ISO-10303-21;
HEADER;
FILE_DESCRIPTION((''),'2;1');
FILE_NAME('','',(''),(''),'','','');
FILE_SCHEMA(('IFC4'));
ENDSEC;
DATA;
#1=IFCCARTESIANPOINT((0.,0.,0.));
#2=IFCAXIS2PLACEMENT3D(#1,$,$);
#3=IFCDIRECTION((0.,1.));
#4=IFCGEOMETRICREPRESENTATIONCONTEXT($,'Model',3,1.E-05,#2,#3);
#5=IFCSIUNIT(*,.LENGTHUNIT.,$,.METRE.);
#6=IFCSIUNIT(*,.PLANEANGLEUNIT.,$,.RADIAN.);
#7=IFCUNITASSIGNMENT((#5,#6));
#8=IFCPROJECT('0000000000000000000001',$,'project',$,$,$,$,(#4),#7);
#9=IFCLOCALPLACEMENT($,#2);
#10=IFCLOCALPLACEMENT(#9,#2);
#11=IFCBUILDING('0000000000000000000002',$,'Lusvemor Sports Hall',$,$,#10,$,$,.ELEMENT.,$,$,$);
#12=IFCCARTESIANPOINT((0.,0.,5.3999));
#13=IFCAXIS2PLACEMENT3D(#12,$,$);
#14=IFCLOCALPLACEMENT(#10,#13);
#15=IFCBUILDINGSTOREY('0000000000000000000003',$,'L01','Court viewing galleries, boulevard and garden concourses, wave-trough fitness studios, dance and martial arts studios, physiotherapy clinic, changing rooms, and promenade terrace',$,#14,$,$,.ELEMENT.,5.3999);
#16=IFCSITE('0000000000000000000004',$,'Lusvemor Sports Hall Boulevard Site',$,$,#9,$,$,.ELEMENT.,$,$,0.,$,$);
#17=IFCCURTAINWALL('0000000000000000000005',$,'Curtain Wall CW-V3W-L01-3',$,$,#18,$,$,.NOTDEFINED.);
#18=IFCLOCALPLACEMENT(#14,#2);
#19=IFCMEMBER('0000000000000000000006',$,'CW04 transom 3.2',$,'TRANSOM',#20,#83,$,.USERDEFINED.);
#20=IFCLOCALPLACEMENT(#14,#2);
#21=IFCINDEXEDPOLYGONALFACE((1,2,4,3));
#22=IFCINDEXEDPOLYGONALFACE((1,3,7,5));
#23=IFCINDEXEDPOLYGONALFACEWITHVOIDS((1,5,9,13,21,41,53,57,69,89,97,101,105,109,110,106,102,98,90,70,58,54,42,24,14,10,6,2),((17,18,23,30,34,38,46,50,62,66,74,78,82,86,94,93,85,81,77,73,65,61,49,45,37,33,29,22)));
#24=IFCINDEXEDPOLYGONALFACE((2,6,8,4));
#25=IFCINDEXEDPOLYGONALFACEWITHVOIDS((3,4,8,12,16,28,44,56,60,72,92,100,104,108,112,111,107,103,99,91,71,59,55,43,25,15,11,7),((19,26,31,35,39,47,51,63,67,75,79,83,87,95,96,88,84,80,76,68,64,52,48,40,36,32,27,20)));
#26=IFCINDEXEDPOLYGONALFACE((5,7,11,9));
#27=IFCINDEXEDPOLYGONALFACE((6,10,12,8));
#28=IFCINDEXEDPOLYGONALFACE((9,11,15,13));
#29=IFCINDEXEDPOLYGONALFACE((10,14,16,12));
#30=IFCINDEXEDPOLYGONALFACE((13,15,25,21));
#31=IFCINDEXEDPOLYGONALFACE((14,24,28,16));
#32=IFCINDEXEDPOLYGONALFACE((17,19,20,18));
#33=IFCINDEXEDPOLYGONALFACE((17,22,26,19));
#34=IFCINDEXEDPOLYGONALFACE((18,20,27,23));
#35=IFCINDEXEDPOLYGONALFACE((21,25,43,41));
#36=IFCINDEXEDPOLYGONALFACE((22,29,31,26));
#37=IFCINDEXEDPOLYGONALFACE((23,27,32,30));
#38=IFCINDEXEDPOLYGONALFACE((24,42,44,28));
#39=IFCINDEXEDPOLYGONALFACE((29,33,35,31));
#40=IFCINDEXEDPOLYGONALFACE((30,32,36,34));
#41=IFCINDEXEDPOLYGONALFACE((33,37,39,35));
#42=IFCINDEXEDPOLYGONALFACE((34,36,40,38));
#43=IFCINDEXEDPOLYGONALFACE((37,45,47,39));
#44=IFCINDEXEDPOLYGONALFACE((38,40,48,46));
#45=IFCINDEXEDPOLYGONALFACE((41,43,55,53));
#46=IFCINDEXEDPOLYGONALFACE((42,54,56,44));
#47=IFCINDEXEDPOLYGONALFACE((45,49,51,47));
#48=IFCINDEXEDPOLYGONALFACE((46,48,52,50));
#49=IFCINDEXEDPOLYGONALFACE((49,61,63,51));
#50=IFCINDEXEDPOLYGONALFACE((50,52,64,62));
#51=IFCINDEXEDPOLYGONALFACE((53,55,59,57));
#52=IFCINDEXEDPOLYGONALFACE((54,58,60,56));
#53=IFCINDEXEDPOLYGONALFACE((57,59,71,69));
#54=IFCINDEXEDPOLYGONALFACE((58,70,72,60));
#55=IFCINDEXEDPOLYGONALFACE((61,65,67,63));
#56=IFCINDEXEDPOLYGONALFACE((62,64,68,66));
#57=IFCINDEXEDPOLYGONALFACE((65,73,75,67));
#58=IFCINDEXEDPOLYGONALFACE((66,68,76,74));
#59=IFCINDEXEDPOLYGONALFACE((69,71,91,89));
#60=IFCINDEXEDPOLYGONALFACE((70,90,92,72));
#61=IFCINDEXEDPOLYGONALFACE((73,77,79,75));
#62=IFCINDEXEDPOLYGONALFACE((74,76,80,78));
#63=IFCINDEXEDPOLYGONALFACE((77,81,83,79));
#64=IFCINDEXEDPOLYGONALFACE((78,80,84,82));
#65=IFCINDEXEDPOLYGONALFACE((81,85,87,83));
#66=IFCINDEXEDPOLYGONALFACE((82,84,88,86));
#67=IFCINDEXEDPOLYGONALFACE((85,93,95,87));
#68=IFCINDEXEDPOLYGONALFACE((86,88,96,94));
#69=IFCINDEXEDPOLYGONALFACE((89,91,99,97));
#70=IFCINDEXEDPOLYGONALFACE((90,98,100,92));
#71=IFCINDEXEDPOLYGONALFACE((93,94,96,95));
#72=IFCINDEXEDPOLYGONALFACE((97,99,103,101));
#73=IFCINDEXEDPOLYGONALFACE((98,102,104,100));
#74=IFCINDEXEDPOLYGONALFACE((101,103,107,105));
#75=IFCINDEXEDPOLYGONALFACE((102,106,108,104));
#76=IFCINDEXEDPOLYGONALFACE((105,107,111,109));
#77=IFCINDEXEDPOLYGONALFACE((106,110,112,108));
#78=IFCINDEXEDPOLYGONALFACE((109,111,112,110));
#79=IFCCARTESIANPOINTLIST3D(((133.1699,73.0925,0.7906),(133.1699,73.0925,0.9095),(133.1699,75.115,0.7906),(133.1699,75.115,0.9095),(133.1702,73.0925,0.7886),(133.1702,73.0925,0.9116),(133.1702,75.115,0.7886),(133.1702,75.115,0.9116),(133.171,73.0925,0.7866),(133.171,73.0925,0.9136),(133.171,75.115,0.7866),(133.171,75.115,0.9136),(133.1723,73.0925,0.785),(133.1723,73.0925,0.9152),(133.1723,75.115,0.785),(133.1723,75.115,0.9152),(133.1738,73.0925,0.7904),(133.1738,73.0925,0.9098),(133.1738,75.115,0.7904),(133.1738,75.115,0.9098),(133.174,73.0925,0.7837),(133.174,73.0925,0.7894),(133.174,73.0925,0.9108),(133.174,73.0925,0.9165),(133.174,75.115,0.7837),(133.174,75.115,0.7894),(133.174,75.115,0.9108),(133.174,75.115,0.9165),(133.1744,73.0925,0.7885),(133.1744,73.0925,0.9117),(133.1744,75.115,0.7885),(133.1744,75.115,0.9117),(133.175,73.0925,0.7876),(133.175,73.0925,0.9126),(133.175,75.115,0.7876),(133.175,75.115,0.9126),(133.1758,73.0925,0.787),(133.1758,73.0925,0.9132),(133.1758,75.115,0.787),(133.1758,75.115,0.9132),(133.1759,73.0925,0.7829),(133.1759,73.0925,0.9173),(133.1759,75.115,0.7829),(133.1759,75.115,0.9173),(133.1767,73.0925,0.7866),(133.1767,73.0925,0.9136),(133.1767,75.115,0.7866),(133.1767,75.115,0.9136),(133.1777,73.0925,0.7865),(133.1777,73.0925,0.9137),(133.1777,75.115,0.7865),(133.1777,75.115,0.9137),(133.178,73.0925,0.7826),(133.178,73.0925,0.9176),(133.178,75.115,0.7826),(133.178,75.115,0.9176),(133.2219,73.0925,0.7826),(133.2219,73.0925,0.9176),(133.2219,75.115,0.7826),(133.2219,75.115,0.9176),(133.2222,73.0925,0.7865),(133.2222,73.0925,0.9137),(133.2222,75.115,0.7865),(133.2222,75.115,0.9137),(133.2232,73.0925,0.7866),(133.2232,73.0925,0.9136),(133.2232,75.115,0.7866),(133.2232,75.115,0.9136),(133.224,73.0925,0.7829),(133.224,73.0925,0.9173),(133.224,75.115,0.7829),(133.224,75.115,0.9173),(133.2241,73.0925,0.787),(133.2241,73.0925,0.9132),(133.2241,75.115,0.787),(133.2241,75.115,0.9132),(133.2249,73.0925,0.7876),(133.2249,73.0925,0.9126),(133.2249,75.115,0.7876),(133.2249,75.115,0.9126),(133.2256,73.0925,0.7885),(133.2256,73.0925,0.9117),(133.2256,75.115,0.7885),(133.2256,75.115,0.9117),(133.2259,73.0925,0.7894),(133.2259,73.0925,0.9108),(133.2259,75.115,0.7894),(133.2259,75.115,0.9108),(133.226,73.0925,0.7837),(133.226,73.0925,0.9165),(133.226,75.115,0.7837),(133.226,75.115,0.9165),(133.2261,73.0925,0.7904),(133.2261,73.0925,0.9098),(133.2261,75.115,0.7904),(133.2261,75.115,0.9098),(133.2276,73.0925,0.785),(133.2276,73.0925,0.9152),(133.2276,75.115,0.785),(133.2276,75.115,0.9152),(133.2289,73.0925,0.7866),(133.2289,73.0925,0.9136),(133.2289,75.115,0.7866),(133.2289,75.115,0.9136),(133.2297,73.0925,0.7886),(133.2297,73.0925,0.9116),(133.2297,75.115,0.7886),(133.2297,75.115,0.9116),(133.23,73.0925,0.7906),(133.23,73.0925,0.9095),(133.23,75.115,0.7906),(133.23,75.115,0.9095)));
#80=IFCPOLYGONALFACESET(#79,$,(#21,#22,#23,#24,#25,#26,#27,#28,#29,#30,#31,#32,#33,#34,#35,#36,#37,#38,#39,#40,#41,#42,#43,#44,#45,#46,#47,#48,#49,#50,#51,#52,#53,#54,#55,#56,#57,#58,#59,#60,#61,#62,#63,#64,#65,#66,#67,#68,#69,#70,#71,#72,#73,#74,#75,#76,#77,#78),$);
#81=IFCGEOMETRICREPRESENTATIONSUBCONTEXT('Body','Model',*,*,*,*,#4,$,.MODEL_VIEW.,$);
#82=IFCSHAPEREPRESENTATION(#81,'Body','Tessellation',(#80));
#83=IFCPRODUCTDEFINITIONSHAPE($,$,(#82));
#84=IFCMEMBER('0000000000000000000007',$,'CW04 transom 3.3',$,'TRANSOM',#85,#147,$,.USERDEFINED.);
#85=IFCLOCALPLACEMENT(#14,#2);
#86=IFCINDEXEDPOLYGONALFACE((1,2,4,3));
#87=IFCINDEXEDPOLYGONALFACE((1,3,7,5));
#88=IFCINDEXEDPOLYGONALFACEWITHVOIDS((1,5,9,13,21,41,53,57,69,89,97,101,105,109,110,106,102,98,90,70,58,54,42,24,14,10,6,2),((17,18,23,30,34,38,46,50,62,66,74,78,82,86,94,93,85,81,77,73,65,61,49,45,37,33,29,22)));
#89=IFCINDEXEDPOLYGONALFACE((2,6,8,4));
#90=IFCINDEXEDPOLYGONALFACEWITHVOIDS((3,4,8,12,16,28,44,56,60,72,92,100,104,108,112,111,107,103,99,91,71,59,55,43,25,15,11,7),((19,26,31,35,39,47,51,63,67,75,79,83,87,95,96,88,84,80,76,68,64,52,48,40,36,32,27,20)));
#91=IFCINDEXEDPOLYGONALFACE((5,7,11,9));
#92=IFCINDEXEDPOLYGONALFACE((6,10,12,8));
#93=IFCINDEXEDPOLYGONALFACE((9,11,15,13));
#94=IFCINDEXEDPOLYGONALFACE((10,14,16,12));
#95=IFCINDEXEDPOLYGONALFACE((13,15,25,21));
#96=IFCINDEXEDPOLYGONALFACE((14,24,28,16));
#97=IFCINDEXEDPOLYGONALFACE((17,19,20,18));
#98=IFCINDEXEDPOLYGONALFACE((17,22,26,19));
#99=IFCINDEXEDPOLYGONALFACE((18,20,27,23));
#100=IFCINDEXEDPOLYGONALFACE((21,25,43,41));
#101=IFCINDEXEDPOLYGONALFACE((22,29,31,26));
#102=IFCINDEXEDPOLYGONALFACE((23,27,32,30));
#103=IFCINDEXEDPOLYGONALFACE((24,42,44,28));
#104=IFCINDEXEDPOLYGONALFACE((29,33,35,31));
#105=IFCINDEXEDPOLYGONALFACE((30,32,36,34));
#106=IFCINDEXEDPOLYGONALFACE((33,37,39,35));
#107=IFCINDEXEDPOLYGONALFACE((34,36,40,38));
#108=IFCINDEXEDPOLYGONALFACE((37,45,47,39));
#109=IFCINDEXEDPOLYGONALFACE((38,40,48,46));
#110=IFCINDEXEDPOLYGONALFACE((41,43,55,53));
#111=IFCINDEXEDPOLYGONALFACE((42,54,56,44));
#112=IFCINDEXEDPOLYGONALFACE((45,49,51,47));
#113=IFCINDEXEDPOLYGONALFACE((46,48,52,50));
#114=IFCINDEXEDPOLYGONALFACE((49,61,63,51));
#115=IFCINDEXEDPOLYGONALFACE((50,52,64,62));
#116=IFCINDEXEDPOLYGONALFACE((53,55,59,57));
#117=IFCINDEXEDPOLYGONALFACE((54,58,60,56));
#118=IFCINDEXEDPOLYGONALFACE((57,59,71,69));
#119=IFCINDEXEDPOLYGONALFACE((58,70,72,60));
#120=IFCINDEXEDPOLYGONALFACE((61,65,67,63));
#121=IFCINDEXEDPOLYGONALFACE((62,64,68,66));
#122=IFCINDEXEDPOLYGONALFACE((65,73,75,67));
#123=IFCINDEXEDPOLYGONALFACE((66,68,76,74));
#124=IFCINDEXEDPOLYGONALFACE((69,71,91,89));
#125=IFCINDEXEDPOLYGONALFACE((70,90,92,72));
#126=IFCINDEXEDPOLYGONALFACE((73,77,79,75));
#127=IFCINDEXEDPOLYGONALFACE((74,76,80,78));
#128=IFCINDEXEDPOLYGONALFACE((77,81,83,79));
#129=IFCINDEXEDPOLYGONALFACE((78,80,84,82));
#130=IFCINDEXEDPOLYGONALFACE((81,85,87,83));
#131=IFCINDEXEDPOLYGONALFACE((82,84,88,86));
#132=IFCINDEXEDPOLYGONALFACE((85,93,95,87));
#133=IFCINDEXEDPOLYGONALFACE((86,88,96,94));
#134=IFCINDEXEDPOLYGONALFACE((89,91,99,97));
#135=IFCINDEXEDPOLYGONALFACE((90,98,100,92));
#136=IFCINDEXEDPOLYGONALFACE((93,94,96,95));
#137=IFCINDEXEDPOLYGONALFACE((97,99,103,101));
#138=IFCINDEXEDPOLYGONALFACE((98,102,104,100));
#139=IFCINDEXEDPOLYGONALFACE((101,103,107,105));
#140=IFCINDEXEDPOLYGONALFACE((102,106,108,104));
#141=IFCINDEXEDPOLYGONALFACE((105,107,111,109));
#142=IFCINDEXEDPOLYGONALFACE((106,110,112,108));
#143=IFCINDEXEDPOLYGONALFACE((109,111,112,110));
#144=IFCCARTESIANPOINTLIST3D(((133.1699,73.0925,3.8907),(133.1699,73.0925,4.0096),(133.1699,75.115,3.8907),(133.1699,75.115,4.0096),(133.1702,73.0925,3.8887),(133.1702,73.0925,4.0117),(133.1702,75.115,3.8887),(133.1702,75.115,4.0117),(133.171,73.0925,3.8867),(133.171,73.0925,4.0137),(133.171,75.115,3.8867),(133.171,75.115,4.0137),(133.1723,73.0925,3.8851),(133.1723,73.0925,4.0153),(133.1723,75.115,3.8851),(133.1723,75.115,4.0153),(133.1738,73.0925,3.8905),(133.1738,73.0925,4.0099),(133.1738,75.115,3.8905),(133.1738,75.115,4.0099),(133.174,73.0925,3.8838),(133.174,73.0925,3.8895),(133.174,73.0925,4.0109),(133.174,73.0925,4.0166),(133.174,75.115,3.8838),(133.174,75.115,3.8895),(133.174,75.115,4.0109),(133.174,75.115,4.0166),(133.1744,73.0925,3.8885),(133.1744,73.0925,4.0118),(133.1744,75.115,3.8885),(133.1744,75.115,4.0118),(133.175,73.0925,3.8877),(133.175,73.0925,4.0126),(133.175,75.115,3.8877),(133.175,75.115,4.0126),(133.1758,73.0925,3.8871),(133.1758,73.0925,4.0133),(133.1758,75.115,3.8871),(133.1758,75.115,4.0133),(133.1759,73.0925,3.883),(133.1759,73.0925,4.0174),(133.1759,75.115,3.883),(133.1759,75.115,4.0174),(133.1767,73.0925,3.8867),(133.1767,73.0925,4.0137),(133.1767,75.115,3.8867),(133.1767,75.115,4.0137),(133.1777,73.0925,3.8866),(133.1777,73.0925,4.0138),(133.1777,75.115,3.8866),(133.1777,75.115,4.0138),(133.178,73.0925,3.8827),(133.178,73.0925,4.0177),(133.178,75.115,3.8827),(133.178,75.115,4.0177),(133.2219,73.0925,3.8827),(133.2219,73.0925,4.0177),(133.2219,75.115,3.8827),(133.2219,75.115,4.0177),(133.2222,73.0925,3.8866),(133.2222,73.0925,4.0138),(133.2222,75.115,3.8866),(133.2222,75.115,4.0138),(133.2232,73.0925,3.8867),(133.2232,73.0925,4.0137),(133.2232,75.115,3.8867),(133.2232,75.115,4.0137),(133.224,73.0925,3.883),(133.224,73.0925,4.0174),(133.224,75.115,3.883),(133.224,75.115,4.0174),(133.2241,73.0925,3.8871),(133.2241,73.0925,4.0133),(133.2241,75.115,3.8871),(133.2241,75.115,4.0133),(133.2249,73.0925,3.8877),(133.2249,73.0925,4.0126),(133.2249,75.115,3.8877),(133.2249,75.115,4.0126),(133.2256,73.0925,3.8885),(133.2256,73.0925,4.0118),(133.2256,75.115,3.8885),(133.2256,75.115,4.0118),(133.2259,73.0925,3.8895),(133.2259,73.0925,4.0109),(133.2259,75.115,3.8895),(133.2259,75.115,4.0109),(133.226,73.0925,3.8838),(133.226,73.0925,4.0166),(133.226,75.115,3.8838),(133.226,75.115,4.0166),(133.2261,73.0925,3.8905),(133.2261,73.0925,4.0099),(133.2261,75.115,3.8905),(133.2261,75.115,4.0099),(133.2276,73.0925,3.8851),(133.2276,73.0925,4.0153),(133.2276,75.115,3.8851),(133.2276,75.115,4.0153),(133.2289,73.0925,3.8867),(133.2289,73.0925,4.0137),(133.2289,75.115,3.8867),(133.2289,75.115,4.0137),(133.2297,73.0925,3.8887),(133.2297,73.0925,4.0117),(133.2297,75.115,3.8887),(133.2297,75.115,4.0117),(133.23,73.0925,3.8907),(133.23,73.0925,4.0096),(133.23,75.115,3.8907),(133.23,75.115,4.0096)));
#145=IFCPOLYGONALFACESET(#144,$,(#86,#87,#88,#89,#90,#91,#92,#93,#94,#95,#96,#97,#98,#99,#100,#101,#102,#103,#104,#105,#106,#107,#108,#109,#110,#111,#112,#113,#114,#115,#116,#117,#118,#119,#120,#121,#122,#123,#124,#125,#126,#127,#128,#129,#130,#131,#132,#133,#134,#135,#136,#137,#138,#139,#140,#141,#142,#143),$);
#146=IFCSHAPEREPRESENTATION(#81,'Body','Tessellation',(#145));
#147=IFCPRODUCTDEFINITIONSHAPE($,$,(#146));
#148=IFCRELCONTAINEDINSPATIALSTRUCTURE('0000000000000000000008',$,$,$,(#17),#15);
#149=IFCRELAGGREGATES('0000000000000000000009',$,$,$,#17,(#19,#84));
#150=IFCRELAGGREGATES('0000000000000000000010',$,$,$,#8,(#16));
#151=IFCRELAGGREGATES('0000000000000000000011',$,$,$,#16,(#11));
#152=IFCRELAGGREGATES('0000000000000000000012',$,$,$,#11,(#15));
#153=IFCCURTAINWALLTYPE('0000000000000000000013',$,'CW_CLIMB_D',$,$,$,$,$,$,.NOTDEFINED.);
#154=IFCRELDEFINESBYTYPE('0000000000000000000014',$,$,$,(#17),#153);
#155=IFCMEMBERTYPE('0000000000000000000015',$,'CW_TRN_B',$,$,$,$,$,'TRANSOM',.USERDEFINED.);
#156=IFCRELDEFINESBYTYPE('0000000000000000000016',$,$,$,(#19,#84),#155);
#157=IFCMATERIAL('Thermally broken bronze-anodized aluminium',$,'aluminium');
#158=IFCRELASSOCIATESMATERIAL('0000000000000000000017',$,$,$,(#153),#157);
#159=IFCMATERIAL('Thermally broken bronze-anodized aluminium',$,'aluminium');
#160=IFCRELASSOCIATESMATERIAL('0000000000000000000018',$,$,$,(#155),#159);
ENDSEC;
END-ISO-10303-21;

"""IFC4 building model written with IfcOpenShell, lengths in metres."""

from ifc_helpers import new_model, si_unit, direction, frame, origin, origin_2d, place, context, subcontext, project, spatial, hollow_rectangle, extrude, material, material_profile, profile_set, type_object, element, aggregate, save


model = new_model("IFC4")

# Units and contexts
model_context = context("Model", 3, precision=1e-05, world=origin(), true_north=direction((0.0, 1.0)))
body_context = subcontext(model_context, "Body", "Model", "MODEL_VIEW")
ifc_project = project(units=[si_unit("LENGTHUNIT", "METRE"), si_unit("PLANEANGLEUNIT", "RADIAN")], contexts=[model_context])

# Site, building, storey
site_placement = place(None, origin())
site = spatial("IfcSite", under=ifc_project, at=site_placement, Name="Lusvemor Sports Hall Boulevard Site", CompositionType="ELEMENT", RefElevation=0.0)
building_placement = place(site_placement, origin())
building = spatial("IfcBuilding", under=site, at=building_placement, Name="Lusvemor Sports Hall", CompositionType="ELEMENT")
storey_placement = place(building_placement, frame((0.0, 0.0, 5.3999)))
storey = spatial("IfcBuildingStorey", under=building, at=storey_placement, Name="L01", Description="Court viewing galleries, boulevard and garden concourses, wave-trough fitness studios, dance and martial arts studios, physiotherapy clinic, changing rooms, and promenade terrace", CompositionType="ELEMENT", Elevation=5.3999)

# Shared definitions
ifc_material_1 = material(Name="Thermally broken bronze-anodized aluminium", Category="aluminium")
curtain_wall_type = type_object("IfcCurtainWallType", Name="CW_CLIMB_D", PredefinedType="NOTDEFINED", material=ifc_material_1)

# Curtain wall
curtain_wall_1_placement = place(storey_placement, origin())
curtain_wall_1 = element("IfcCurtainWall", 1, at=curtain_wall_1_placement, inside=storey, type_object=curtain_wall_type, Name="Curtain Wall CW-V3W-L01-3", PredefinedType="NOTDEFINED")

# Members
ifc_material_2 = material(Name="Thermally broken bronze-anodized aluminium", Category="aluminium")
ifc_material_profile_1 = material_profile(ifc_material_2, hollow_rectangle(XDim=0.0601, YDim=0.135, WallThickness=0.0039, InnerFilletRadius=0.0039, OuterFilletRadius=0.0081, at=origin_2d()), Name="CWTRN135x60x4")
ifc_profile_set_1 = profile_set([ifc_material_profile_1], Name="Thermally broken bronze-anodized aluminium")
member_type_1 = type_object("IfcMemberType", Name="CW_TRN_B", ElementType="TRANSOM", PredefinedType="USERDEFINED", material=ifc_profile_set_1)
member_1_placement = place(storey_placement, frame((133.2, 73.0925, 0.8501), z_axis=(0.0, 1.0, 0.0), x_axis=(-1.0, 0.0, 0.0)))
member_1 = element("IfcMember", 2, at=member_1_placement, type_object=member_type_1, Name="CW04 transom 3.2", ObjectType="TRANSOM", PredefinedType="USERDEFINED", context=body_context, shape_type="SweptSolid", body=[
    extrude(hollow_rectangle(XDim=0.0601, YDim=0.135, WallThickness=0.0039, InnerFilletRadius=0.0039, OuterFilletRadius=0.0081, at=origin_2d()), origin(), (0.0, 0.0, 1.0), 2.0225),
])
member_2_placement = place(storey_placement, frame((133.2, 73.0925, 3.9502), z_axis=(0.0, 1.0, 0.0), x_axis=(-1.0, 0.0, 0.0)))
member_2 = element("IfcMember", 3, at=member_2_placement, type_object=member_type_1, Name="CW04 transom 3.3", ObjectType="TRANSOM", PredefinedType="USERDEFINED", context=body_context, shape_type="SweptSolid", body=[
    extrude(hollow_rectangle(XDim=0.0601, YDim=0.135, WallThickness=0.0039, InnerFilletRadius=0.0039, OuterFilletRadius=0.0081, at=origin_2d()), origin(), (0.0, 0.0, 1.0), 2.0225),
])

aggregate(curtain_wall_1, [member_1, member_2])

save(model, "model.ifc")
